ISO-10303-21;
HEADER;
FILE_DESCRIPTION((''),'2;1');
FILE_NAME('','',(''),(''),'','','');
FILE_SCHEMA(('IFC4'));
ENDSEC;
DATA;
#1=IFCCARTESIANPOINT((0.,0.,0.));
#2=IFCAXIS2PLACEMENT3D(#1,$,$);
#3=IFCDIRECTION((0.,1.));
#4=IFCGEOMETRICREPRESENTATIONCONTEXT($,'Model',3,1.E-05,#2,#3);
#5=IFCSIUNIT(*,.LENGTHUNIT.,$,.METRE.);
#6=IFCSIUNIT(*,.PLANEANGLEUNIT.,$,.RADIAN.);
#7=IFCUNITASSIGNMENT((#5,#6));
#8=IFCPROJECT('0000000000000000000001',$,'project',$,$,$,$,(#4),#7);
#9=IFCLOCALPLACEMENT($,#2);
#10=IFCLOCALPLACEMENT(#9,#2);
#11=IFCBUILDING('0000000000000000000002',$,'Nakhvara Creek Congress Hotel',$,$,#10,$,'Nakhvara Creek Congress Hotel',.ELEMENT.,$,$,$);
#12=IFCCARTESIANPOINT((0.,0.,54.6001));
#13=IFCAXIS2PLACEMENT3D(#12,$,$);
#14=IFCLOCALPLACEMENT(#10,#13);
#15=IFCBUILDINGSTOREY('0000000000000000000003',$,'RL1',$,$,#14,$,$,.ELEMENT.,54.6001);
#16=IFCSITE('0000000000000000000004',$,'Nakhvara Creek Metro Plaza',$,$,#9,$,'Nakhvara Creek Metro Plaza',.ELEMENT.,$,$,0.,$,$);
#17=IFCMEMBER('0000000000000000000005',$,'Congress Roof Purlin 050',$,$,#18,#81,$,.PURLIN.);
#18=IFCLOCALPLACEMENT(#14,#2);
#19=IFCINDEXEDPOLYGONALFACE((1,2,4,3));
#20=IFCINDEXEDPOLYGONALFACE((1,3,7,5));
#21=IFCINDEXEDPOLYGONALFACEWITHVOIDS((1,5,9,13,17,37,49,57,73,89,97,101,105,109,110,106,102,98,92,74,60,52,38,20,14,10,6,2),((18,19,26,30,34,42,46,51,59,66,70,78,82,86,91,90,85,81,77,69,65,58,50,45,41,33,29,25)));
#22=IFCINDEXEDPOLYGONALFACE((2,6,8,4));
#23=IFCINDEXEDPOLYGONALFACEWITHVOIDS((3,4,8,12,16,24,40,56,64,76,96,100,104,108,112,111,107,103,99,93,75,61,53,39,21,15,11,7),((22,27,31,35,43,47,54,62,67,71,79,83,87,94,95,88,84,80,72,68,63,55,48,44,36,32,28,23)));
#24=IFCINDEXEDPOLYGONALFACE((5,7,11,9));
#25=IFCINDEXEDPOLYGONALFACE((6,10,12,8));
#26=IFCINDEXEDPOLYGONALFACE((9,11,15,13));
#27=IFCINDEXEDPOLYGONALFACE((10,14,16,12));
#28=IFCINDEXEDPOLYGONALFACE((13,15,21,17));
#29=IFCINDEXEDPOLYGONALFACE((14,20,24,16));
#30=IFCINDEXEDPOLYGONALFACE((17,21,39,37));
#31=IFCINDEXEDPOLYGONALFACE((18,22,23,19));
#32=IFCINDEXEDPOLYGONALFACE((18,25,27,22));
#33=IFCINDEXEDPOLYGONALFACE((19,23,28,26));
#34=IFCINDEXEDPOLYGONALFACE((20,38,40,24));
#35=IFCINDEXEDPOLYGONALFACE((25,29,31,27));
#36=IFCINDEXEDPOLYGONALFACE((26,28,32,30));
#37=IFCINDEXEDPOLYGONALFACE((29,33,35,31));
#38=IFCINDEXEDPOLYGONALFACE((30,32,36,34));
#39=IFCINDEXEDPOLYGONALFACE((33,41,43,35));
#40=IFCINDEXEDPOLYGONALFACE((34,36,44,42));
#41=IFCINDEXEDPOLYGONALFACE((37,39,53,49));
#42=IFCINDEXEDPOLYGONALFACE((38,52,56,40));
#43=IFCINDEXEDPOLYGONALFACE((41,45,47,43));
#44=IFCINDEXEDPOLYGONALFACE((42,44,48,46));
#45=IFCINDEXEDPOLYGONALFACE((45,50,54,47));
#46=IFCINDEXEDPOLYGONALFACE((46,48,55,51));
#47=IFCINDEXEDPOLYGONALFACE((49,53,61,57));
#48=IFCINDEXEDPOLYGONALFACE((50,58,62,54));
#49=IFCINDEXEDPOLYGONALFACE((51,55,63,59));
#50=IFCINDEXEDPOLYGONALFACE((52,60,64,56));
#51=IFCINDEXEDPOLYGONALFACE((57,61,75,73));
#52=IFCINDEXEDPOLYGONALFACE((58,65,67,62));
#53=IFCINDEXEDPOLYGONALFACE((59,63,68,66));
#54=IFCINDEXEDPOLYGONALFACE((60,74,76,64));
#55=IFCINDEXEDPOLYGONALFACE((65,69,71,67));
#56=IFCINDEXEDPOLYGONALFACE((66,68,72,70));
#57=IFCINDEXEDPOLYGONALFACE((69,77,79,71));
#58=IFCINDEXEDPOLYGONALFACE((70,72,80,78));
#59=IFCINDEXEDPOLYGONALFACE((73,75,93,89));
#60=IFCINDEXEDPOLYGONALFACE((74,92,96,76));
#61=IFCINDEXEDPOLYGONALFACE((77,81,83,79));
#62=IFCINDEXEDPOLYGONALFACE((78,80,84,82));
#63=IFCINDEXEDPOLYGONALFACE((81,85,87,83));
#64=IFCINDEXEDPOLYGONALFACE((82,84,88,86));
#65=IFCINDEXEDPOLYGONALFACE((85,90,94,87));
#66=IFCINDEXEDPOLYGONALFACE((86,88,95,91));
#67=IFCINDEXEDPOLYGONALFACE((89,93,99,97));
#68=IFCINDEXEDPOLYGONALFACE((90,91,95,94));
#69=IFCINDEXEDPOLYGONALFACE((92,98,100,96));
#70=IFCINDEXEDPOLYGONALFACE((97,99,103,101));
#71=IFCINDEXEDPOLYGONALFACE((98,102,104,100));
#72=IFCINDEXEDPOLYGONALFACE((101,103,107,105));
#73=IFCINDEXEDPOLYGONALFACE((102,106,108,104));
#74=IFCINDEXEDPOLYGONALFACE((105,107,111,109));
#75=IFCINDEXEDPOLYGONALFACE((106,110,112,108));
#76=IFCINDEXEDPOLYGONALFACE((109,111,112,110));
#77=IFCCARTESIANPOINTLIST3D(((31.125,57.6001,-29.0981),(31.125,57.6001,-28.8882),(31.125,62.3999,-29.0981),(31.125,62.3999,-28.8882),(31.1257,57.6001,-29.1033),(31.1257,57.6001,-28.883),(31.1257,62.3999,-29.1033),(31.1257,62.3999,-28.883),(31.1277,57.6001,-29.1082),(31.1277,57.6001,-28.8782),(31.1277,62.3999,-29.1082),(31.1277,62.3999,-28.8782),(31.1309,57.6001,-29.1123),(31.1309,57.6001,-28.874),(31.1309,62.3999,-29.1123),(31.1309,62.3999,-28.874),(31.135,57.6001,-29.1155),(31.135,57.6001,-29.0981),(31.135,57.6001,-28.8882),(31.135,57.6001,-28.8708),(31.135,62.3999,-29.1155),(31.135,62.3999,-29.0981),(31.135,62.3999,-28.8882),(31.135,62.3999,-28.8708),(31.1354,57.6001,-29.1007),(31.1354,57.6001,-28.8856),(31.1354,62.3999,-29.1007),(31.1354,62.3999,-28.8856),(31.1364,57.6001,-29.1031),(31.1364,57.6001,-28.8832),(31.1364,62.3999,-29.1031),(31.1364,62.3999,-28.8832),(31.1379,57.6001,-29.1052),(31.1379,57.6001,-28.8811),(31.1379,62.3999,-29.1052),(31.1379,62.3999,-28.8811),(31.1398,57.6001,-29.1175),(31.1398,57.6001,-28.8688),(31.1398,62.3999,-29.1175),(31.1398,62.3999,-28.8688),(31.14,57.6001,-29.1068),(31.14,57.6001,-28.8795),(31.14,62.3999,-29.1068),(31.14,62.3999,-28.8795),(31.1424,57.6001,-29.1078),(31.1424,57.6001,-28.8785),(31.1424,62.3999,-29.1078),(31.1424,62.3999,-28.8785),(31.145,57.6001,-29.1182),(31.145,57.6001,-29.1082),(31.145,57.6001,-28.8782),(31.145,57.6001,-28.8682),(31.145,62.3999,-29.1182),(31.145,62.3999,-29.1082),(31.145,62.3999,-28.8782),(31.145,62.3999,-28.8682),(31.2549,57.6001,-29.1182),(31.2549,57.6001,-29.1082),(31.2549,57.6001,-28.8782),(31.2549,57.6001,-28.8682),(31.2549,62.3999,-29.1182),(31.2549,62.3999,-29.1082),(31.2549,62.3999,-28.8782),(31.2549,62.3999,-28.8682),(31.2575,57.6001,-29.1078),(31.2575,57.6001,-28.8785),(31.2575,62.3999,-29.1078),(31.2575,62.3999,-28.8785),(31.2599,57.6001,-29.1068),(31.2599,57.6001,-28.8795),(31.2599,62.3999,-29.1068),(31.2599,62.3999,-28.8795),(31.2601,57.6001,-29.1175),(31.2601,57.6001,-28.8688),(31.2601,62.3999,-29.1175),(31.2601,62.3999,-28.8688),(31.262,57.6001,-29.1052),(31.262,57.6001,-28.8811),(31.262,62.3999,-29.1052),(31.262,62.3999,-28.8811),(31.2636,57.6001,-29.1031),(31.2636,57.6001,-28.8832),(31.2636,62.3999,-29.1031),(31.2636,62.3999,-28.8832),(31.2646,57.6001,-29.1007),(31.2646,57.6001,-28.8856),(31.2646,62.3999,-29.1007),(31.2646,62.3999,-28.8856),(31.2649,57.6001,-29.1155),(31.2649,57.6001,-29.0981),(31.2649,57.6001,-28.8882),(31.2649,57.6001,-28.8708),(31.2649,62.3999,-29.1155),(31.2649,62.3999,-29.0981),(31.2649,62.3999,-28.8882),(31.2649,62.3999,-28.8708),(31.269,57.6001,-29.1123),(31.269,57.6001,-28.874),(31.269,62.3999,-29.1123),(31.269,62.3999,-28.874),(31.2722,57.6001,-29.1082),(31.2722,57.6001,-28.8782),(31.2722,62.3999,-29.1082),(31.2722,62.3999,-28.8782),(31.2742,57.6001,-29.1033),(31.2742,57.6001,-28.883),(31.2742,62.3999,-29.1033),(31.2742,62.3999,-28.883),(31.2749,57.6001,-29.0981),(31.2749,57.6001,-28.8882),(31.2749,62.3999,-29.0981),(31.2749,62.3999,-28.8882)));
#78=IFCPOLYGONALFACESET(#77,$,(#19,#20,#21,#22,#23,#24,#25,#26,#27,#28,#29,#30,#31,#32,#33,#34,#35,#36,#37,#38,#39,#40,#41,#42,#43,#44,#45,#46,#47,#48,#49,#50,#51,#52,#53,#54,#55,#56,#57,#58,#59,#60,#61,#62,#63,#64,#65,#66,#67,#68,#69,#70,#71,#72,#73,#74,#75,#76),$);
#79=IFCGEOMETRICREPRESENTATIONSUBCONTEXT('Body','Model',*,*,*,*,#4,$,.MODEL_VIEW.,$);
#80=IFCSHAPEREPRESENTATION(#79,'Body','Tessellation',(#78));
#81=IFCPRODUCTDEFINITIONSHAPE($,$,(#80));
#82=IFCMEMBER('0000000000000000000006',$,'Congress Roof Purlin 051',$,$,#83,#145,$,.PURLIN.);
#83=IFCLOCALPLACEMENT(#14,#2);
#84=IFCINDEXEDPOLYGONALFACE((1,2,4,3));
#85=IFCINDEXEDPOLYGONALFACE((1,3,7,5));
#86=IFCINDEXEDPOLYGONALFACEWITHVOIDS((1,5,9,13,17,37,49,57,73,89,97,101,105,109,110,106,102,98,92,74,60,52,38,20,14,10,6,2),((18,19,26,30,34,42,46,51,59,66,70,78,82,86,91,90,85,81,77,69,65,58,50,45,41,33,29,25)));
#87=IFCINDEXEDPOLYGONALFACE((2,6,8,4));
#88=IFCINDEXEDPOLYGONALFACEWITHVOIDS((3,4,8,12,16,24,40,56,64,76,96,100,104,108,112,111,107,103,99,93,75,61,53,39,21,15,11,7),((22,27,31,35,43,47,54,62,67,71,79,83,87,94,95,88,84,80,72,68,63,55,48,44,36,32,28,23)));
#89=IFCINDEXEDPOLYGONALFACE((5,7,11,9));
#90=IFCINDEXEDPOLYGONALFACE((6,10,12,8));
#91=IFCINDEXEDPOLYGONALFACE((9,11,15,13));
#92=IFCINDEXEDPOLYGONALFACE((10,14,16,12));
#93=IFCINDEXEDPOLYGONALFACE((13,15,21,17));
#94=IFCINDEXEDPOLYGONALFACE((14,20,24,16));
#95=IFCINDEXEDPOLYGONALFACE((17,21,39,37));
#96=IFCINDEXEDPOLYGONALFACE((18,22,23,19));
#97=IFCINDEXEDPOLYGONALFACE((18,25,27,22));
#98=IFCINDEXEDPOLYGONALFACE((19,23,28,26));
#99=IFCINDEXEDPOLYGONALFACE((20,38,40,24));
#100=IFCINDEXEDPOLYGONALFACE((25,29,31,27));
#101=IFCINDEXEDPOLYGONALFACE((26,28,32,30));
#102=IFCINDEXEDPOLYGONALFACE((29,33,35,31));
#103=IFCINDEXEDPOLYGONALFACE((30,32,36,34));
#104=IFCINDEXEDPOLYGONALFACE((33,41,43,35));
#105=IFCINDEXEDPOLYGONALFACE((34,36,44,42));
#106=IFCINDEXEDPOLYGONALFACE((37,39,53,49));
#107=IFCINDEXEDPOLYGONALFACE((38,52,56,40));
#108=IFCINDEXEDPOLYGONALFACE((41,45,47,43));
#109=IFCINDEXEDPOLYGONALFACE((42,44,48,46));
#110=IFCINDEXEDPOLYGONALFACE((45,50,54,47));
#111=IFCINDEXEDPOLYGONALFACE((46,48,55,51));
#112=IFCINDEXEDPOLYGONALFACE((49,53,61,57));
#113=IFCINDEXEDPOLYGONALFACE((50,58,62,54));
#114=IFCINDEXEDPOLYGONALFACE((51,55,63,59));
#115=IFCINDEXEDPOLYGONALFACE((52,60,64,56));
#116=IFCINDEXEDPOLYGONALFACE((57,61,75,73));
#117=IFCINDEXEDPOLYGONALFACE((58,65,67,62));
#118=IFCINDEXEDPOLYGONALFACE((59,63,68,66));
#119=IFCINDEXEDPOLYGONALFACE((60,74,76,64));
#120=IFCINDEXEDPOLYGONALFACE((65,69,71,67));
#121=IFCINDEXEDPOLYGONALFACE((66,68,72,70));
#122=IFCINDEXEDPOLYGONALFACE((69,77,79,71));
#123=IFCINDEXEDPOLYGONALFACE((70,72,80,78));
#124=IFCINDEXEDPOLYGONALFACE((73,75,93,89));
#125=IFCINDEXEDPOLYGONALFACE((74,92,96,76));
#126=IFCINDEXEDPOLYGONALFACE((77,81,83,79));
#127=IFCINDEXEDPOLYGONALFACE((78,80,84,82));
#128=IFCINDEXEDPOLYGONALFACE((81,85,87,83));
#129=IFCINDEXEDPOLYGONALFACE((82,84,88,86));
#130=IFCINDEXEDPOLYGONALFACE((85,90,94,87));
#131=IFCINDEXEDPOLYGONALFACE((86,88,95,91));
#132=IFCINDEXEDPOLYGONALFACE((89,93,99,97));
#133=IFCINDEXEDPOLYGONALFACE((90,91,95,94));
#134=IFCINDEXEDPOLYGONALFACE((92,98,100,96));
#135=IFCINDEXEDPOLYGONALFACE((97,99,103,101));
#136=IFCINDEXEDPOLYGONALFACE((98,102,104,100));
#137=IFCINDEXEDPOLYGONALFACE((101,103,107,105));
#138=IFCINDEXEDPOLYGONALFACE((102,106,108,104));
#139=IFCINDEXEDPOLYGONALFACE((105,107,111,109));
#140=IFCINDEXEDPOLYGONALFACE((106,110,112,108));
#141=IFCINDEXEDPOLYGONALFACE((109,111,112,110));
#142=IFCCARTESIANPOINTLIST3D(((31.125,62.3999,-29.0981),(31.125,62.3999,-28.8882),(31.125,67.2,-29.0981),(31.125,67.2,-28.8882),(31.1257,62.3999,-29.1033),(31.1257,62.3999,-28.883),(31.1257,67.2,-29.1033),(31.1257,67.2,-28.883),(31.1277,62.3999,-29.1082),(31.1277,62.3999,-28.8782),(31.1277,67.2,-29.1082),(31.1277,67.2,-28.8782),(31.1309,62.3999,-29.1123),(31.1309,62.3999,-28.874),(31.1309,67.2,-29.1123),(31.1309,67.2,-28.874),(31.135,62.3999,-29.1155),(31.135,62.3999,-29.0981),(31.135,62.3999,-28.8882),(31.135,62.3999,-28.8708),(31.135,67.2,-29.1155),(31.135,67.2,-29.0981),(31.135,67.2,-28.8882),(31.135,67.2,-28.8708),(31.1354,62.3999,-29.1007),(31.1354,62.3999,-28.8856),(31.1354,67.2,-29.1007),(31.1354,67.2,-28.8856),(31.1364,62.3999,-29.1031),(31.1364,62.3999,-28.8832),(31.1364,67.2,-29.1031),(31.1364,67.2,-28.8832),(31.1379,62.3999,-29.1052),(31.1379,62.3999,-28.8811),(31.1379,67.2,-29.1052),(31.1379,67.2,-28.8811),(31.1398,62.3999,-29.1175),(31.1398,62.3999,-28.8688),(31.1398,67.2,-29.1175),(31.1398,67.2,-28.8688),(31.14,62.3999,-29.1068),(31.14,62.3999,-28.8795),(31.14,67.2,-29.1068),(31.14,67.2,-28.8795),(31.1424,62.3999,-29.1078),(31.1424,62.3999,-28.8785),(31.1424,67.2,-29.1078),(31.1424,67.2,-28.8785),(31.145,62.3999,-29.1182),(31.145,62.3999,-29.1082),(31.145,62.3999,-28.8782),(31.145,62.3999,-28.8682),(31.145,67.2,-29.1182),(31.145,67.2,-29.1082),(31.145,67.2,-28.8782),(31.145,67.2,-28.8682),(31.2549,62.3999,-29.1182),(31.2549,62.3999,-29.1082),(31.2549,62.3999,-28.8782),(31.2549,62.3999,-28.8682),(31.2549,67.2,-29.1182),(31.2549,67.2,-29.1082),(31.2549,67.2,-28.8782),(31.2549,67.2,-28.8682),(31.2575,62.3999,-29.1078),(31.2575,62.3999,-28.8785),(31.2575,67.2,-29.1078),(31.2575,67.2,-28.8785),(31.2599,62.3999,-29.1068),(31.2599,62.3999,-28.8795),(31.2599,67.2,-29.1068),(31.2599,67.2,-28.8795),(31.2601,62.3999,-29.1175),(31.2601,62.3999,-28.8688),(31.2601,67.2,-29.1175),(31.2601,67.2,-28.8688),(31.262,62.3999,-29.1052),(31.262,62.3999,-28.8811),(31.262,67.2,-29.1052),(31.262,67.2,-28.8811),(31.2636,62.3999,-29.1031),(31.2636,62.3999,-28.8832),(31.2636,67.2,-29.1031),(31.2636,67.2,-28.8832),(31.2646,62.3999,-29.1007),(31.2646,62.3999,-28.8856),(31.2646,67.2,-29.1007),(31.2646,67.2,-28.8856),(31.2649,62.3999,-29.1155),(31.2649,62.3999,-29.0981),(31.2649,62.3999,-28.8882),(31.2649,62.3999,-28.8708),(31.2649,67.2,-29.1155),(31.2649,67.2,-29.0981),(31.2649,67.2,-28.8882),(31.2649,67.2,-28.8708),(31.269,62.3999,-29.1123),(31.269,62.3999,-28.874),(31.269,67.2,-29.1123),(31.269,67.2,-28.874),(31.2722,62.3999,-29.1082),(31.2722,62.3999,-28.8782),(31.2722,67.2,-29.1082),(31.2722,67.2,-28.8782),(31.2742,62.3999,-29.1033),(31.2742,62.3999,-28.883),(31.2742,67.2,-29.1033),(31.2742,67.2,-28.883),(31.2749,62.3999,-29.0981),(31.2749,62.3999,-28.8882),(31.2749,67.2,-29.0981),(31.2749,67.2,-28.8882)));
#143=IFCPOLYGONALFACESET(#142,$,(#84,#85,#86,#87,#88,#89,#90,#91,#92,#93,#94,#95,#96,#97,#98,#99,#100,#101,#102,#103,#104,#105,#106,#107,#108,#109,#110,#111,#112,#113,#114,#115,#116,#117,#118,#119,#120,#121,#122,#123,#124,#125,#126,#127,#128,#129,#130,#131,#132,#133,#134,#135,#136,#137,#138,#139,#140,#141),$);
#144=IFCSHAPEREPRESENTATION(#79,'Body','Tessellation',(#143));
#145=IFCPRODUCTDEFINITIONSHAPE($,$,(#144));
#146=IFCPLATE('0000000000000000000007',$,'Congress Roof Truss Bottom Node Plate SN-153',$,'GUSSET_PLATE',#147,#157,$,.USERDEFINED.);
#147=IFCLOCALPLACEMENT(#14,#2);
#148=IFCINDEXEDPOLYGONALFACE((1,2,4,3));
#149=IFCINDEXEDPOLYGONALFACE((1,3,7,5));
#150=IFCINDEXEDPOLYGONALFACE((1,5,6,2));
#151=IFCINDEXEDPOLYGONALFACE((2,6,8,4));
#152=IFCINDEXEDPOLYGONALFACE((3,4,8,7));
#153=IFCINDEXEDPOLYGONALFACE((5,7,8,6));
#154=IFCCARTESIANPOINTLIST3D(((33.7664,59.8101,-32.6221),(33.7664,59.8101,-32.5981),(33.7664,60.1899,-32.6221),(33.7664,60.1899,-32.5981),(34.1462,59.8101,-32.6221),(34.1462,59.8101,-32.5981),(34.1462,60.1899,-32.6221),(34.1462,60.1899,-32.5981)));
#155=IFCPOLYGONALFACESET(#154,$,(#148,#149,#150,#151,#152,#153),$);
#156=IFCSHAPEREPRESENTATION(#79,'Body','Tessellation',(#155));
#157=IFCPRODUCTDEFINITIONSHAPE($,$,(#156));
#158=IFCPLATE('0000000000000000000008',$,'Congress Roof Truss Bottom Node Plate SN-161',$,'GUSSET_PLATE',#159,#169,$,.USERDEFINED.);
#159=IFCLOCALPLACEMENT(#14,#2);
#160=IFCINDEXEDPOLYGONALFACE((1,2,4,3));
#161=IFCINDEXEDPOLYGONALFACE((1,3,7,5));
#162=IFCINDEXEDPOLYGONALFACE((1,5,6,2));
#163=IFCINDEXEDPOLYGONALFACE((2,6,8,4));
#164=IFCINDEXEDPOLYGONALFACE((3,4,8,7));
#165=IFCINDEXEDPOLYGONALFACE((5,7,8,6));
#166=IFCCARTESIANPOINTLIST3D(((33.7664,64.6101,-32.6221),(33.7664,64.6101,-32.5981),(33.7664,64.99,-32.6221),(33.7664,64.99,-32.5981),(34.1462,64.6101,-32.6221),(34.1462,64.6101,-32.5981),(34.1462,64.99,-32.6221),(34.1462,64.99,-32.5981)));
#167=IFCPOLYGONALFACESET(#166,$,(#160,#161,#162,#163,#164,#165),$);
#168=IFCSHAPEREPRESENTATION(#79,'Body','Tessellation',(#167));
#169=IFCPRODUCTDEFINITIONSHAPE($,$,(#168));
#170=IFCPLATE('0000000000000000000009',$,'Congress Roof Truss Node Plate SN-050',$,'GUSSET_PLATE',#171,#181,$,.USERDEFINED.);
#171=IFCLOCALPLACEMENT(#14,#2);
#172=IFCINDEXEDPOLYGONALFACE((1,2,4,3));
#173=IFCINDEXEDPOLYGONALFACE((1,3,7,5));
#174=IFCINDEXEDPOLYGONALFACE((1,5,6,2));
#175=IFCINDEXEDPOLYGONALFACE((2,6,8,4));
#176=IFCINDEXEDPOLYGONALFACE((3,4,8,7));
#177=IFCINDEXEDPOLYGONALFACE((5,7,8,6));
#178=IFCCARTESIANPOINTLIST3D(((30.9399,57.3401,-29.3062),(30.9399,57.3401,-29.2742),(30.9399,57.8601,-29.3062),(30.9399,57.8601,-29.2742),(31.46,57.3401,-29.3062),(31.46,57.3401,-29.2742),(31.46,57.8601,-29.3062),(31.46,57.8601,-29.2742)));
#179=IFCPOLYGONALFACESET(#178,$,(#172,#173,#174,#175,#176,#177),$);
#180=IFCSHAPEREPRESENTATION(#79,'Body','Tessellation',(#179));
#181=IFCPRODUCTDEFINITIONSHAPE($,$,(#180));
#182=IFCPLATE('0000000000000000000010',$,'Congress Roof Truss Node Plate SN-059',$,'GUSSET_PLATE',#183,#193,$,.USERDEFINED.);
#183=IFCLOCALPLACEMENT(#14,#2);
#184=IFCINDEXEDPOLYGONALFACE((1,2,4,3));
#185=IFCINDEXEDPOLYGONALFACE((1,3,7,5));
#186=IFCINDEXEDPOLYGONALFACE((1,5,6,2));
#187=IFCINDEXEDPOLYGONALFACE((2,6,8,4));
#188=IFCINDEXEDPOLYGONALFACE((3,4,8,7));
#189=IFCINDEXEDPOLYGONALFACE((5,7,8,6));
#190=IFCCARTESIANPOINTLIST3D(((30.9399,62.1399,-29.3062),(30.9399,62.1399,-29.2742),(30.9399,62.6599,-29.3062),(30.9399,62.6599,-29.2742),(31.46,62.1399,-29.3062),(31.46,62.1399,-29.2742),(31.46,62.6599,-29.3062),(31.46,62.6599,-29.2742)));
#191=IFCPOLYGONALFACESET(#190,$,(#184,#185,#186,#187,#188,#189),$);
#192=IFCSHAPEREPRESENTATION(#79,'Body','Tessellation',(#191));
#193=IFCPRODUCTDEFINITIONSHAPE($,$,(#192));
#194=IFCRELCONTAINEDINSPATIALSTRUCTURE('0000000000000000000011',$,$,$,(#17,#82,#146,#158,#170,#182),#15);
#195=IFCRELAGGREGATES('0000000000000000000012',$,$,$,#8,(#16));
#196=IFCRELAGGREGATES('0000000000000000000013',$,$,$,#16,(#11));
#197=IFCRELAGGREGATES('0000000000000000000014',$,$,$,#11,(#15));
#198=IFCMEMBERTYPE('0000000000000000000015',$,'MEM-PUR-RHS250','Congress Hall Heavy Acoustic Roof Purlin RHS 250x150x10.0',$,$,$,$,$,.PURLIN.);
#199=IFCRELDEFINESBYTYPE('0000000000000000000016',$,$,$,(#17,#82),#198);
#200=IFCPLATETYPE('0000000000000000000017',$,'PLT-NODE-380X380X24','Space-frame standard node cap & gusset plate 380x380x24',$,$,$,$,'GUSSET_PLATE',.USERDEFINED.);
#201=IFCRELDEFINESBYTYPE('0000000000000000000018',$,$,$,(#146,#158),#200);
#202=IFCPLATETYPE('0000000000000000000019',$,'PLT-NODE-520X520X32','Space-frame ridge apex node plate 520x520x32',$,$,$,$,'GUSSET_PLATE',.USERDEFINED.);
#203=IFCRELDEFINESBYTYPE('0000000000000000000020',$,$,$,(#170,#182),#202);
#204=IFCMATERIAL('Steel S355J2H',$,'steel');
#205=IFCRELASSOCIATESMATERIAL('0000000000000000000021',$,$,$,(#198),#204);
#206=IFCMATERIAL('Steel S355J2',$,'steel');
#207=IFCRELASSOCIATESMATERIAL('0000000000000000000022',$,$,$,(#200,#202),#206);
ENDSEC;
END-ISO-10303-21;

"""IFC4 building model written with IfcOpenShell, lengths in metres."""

from ifc_helpers import new_model, si_unit, direction, frame, origin, origin_2d, place, context, subcontext, project, spatial, rectangle, hollow_rectangle, extrude, material, material_profile, profile_set, type_object, element, save


model = new_model("IFC4")

# Units and contexts
model_context = context("Model", 3, precision=1e-05, world=origin(), true_north=direction((0.0, 1.0)))
body_context = subcontext(model_context, "Body", "Model", "MODEL_VIEW")
ifc_project = project(units=[si_unit("LENGTHUNIT", "METRE"), si_unit("PLANEANGLEUNIT", "RADIAN")], contexts=[model_context])

# Site, building, storey
site_placement = place(None, origin())
site = spatial("IfcSite", under=ifc_project, at=site_placement, Name="Nakhvara Creek Metro Plaza", LongName="Nakhvara Creek Metro Plaza", CompositionType="ELEMENT", RefElevation=0.0)
building_placement = place(site_placement, origin())
building = spatial("IfcBuilding", under=site, at=building_placement, Name="Nakhvara Creek Congress Hotel", LongName="Nakhvara Creek Congress Hotel", CompositionType="ELEMENT")
storey_placement = place(building_placement, frame((0.0, 0.0, 54.6001)))
storey = spatial("IfcBuildingStorey", under=building, at=storey_placement, Name="RL1", CompositionType="ELEMENT", Elevation=54.6001)

# Members
ifc_material_1 = material(Name="Steel S355J2H", Category="steel")
ifc_material_profile_1 = material_profile(ifc_material_1, hollow_rectangle(XDim=0.1499, YDim=0.25, WallThickness=0.01, InnerFilletRadius=0.01, OuterFilletRadius=0.02, at=origin_2d()), Name="RHS 250x150x10.0", Category="LoadBearing")
ifc_profile_set_1 = profile_set([ifc_material_profile_1], Name="Steel S355J2H")
member_type_1 = type_object("IfcMemberType", Name="MEM-PUR-RHS250", Description="Congress Hall Heavy Acoustic Roof Purlin RHS 250x150x10.0", PredefinedType="PURLIN", material=ifc_profile_set_1)
member_1_placement = place(storey_placement, frame((31.2, 57.6001, -28.9932), z_axis=(0.0, 1.0, 0.0), x_axis=(-1.0, 0.0, 0.0)))
element("IfcMember", 1, at=member_1_placement, inside=storey, type_object=member_type_1, Name="Congress Roof Purlin 050", PredefinedType="PURLIN", context=body_context, shape_type="SweptSolid", body=[
    extrude(hollow_rectangle(XDim=0.1499, YDim=0.25, WallThickness=0.01, InnerFilletRadius=0.01, OuterFilletRadius=0.02, at=origin_2d()), origin(), (0.0, 0.0, 1.0), 4.7998),
])
member_2_placement = place(storey_placement, frame((31.2, 62.3999, -28.9932), z_axis=(0.0, 1.0, 0.0), x_axis=(-1.0, 0.0, 0.0)))
element("IfcMember", 2, at=member_2_placement, inside=storey, type_object=member_type_1, Name="Congress Roof Purlin 051", PredefinedType="PURLIN", context=body_context, shape_type="SweptSolid", body=[
    extrude(hollow_rectangle(XDim=0.1499, YDim=0.25, WallThickness=0.01, InnerFilletRadius=0.01, OuterFilletRadius=0.02, at=origin_2d()), origin(), (0.0, 0.0, 1.0), 4.8),
])

# Plates
ifc_material_2 = material(Name="Steel S355J2", Category="steel")
plate_type_1 = type_object("IfcPlateType", Name="PLT-NODE-380X380X24", Description="Space-frame standard node cap & gusset plate 380x380x24", ElementType="GUSSET_PLATE", PredefinedType="USERDEFINED", material=ifc_material_2)
for number, where, z_axis, x_axis, name in (
    (3, (33.9563, 60.0, -32.6221), (0.0, 0.0, 1.0), (1.0, 0.0, 0.0), "Congress Roof Truss Bottom Node Plate SN-153"),
    (4, (33.9563, 64.8, -32.6221), (0.0, 0.0, 1.0), (1.0, 0.0, 0.0), "Congress Roof Truss Bottom Node Plate SN-161"),
):
    element("IfcPlate", number, at=place(storey_placement, frame(where, z_axis=z_axis, x_axis=x_axis)), inside=storey, type_object=plate_type_1, Name=name, ObjectType="GUSSET_PLATE", PredefinedType="USERDEFINED", context=body_context, shape_type="SweptSolid", body=[
        extrude(rectangle(XDim=0.3799, YDim=0.3799, at=origin_2d()), origin(), (0.0, 0.0, 1.0), 0.0239),
    ])
plate_type_2 = type_object("IfcPlateType", Name="PLT-NODE-520X520X32", Description="Space-frame ridge apex node plate 520x520x32", ElementType="GUSSET_PLATE", PredefinedType="USERDEFINED", material=ifc_material_2)
for number, where, z_axis, x_axis, name in (
    (5, (31.2, 57.6001, -29.3062), (0.0, 0.0, 1.0), (1.0, 0.0, 0.0), "Congress Roof Truss Node Plate SN-050"),
    (6, (31.2, 62.3999, -29.3062), (0.0, 0.0, 1.0), (1.0, 0.0, 0.0), "Congress Roof Truss Node Plate SN-059"),
):
    element("IfcPlate", number, at=place(storey_placement, frame(where, z_axis=z_axis, x_axis=x_axis)), inside=storey, type_object=plate_type_2, Name=name, ObjectType="GUSSET_PLATE", PredefinedType="USERDEFINED", context=body_context, shape_type="SweptSolid", body=[
        extrude(rectangle(XDim=0.52, YDim=0.52, at=origin_2d()), origin(), (0.0, 0.0, 1.0), 0.032),
    ])

save(model, "model.ifc")
